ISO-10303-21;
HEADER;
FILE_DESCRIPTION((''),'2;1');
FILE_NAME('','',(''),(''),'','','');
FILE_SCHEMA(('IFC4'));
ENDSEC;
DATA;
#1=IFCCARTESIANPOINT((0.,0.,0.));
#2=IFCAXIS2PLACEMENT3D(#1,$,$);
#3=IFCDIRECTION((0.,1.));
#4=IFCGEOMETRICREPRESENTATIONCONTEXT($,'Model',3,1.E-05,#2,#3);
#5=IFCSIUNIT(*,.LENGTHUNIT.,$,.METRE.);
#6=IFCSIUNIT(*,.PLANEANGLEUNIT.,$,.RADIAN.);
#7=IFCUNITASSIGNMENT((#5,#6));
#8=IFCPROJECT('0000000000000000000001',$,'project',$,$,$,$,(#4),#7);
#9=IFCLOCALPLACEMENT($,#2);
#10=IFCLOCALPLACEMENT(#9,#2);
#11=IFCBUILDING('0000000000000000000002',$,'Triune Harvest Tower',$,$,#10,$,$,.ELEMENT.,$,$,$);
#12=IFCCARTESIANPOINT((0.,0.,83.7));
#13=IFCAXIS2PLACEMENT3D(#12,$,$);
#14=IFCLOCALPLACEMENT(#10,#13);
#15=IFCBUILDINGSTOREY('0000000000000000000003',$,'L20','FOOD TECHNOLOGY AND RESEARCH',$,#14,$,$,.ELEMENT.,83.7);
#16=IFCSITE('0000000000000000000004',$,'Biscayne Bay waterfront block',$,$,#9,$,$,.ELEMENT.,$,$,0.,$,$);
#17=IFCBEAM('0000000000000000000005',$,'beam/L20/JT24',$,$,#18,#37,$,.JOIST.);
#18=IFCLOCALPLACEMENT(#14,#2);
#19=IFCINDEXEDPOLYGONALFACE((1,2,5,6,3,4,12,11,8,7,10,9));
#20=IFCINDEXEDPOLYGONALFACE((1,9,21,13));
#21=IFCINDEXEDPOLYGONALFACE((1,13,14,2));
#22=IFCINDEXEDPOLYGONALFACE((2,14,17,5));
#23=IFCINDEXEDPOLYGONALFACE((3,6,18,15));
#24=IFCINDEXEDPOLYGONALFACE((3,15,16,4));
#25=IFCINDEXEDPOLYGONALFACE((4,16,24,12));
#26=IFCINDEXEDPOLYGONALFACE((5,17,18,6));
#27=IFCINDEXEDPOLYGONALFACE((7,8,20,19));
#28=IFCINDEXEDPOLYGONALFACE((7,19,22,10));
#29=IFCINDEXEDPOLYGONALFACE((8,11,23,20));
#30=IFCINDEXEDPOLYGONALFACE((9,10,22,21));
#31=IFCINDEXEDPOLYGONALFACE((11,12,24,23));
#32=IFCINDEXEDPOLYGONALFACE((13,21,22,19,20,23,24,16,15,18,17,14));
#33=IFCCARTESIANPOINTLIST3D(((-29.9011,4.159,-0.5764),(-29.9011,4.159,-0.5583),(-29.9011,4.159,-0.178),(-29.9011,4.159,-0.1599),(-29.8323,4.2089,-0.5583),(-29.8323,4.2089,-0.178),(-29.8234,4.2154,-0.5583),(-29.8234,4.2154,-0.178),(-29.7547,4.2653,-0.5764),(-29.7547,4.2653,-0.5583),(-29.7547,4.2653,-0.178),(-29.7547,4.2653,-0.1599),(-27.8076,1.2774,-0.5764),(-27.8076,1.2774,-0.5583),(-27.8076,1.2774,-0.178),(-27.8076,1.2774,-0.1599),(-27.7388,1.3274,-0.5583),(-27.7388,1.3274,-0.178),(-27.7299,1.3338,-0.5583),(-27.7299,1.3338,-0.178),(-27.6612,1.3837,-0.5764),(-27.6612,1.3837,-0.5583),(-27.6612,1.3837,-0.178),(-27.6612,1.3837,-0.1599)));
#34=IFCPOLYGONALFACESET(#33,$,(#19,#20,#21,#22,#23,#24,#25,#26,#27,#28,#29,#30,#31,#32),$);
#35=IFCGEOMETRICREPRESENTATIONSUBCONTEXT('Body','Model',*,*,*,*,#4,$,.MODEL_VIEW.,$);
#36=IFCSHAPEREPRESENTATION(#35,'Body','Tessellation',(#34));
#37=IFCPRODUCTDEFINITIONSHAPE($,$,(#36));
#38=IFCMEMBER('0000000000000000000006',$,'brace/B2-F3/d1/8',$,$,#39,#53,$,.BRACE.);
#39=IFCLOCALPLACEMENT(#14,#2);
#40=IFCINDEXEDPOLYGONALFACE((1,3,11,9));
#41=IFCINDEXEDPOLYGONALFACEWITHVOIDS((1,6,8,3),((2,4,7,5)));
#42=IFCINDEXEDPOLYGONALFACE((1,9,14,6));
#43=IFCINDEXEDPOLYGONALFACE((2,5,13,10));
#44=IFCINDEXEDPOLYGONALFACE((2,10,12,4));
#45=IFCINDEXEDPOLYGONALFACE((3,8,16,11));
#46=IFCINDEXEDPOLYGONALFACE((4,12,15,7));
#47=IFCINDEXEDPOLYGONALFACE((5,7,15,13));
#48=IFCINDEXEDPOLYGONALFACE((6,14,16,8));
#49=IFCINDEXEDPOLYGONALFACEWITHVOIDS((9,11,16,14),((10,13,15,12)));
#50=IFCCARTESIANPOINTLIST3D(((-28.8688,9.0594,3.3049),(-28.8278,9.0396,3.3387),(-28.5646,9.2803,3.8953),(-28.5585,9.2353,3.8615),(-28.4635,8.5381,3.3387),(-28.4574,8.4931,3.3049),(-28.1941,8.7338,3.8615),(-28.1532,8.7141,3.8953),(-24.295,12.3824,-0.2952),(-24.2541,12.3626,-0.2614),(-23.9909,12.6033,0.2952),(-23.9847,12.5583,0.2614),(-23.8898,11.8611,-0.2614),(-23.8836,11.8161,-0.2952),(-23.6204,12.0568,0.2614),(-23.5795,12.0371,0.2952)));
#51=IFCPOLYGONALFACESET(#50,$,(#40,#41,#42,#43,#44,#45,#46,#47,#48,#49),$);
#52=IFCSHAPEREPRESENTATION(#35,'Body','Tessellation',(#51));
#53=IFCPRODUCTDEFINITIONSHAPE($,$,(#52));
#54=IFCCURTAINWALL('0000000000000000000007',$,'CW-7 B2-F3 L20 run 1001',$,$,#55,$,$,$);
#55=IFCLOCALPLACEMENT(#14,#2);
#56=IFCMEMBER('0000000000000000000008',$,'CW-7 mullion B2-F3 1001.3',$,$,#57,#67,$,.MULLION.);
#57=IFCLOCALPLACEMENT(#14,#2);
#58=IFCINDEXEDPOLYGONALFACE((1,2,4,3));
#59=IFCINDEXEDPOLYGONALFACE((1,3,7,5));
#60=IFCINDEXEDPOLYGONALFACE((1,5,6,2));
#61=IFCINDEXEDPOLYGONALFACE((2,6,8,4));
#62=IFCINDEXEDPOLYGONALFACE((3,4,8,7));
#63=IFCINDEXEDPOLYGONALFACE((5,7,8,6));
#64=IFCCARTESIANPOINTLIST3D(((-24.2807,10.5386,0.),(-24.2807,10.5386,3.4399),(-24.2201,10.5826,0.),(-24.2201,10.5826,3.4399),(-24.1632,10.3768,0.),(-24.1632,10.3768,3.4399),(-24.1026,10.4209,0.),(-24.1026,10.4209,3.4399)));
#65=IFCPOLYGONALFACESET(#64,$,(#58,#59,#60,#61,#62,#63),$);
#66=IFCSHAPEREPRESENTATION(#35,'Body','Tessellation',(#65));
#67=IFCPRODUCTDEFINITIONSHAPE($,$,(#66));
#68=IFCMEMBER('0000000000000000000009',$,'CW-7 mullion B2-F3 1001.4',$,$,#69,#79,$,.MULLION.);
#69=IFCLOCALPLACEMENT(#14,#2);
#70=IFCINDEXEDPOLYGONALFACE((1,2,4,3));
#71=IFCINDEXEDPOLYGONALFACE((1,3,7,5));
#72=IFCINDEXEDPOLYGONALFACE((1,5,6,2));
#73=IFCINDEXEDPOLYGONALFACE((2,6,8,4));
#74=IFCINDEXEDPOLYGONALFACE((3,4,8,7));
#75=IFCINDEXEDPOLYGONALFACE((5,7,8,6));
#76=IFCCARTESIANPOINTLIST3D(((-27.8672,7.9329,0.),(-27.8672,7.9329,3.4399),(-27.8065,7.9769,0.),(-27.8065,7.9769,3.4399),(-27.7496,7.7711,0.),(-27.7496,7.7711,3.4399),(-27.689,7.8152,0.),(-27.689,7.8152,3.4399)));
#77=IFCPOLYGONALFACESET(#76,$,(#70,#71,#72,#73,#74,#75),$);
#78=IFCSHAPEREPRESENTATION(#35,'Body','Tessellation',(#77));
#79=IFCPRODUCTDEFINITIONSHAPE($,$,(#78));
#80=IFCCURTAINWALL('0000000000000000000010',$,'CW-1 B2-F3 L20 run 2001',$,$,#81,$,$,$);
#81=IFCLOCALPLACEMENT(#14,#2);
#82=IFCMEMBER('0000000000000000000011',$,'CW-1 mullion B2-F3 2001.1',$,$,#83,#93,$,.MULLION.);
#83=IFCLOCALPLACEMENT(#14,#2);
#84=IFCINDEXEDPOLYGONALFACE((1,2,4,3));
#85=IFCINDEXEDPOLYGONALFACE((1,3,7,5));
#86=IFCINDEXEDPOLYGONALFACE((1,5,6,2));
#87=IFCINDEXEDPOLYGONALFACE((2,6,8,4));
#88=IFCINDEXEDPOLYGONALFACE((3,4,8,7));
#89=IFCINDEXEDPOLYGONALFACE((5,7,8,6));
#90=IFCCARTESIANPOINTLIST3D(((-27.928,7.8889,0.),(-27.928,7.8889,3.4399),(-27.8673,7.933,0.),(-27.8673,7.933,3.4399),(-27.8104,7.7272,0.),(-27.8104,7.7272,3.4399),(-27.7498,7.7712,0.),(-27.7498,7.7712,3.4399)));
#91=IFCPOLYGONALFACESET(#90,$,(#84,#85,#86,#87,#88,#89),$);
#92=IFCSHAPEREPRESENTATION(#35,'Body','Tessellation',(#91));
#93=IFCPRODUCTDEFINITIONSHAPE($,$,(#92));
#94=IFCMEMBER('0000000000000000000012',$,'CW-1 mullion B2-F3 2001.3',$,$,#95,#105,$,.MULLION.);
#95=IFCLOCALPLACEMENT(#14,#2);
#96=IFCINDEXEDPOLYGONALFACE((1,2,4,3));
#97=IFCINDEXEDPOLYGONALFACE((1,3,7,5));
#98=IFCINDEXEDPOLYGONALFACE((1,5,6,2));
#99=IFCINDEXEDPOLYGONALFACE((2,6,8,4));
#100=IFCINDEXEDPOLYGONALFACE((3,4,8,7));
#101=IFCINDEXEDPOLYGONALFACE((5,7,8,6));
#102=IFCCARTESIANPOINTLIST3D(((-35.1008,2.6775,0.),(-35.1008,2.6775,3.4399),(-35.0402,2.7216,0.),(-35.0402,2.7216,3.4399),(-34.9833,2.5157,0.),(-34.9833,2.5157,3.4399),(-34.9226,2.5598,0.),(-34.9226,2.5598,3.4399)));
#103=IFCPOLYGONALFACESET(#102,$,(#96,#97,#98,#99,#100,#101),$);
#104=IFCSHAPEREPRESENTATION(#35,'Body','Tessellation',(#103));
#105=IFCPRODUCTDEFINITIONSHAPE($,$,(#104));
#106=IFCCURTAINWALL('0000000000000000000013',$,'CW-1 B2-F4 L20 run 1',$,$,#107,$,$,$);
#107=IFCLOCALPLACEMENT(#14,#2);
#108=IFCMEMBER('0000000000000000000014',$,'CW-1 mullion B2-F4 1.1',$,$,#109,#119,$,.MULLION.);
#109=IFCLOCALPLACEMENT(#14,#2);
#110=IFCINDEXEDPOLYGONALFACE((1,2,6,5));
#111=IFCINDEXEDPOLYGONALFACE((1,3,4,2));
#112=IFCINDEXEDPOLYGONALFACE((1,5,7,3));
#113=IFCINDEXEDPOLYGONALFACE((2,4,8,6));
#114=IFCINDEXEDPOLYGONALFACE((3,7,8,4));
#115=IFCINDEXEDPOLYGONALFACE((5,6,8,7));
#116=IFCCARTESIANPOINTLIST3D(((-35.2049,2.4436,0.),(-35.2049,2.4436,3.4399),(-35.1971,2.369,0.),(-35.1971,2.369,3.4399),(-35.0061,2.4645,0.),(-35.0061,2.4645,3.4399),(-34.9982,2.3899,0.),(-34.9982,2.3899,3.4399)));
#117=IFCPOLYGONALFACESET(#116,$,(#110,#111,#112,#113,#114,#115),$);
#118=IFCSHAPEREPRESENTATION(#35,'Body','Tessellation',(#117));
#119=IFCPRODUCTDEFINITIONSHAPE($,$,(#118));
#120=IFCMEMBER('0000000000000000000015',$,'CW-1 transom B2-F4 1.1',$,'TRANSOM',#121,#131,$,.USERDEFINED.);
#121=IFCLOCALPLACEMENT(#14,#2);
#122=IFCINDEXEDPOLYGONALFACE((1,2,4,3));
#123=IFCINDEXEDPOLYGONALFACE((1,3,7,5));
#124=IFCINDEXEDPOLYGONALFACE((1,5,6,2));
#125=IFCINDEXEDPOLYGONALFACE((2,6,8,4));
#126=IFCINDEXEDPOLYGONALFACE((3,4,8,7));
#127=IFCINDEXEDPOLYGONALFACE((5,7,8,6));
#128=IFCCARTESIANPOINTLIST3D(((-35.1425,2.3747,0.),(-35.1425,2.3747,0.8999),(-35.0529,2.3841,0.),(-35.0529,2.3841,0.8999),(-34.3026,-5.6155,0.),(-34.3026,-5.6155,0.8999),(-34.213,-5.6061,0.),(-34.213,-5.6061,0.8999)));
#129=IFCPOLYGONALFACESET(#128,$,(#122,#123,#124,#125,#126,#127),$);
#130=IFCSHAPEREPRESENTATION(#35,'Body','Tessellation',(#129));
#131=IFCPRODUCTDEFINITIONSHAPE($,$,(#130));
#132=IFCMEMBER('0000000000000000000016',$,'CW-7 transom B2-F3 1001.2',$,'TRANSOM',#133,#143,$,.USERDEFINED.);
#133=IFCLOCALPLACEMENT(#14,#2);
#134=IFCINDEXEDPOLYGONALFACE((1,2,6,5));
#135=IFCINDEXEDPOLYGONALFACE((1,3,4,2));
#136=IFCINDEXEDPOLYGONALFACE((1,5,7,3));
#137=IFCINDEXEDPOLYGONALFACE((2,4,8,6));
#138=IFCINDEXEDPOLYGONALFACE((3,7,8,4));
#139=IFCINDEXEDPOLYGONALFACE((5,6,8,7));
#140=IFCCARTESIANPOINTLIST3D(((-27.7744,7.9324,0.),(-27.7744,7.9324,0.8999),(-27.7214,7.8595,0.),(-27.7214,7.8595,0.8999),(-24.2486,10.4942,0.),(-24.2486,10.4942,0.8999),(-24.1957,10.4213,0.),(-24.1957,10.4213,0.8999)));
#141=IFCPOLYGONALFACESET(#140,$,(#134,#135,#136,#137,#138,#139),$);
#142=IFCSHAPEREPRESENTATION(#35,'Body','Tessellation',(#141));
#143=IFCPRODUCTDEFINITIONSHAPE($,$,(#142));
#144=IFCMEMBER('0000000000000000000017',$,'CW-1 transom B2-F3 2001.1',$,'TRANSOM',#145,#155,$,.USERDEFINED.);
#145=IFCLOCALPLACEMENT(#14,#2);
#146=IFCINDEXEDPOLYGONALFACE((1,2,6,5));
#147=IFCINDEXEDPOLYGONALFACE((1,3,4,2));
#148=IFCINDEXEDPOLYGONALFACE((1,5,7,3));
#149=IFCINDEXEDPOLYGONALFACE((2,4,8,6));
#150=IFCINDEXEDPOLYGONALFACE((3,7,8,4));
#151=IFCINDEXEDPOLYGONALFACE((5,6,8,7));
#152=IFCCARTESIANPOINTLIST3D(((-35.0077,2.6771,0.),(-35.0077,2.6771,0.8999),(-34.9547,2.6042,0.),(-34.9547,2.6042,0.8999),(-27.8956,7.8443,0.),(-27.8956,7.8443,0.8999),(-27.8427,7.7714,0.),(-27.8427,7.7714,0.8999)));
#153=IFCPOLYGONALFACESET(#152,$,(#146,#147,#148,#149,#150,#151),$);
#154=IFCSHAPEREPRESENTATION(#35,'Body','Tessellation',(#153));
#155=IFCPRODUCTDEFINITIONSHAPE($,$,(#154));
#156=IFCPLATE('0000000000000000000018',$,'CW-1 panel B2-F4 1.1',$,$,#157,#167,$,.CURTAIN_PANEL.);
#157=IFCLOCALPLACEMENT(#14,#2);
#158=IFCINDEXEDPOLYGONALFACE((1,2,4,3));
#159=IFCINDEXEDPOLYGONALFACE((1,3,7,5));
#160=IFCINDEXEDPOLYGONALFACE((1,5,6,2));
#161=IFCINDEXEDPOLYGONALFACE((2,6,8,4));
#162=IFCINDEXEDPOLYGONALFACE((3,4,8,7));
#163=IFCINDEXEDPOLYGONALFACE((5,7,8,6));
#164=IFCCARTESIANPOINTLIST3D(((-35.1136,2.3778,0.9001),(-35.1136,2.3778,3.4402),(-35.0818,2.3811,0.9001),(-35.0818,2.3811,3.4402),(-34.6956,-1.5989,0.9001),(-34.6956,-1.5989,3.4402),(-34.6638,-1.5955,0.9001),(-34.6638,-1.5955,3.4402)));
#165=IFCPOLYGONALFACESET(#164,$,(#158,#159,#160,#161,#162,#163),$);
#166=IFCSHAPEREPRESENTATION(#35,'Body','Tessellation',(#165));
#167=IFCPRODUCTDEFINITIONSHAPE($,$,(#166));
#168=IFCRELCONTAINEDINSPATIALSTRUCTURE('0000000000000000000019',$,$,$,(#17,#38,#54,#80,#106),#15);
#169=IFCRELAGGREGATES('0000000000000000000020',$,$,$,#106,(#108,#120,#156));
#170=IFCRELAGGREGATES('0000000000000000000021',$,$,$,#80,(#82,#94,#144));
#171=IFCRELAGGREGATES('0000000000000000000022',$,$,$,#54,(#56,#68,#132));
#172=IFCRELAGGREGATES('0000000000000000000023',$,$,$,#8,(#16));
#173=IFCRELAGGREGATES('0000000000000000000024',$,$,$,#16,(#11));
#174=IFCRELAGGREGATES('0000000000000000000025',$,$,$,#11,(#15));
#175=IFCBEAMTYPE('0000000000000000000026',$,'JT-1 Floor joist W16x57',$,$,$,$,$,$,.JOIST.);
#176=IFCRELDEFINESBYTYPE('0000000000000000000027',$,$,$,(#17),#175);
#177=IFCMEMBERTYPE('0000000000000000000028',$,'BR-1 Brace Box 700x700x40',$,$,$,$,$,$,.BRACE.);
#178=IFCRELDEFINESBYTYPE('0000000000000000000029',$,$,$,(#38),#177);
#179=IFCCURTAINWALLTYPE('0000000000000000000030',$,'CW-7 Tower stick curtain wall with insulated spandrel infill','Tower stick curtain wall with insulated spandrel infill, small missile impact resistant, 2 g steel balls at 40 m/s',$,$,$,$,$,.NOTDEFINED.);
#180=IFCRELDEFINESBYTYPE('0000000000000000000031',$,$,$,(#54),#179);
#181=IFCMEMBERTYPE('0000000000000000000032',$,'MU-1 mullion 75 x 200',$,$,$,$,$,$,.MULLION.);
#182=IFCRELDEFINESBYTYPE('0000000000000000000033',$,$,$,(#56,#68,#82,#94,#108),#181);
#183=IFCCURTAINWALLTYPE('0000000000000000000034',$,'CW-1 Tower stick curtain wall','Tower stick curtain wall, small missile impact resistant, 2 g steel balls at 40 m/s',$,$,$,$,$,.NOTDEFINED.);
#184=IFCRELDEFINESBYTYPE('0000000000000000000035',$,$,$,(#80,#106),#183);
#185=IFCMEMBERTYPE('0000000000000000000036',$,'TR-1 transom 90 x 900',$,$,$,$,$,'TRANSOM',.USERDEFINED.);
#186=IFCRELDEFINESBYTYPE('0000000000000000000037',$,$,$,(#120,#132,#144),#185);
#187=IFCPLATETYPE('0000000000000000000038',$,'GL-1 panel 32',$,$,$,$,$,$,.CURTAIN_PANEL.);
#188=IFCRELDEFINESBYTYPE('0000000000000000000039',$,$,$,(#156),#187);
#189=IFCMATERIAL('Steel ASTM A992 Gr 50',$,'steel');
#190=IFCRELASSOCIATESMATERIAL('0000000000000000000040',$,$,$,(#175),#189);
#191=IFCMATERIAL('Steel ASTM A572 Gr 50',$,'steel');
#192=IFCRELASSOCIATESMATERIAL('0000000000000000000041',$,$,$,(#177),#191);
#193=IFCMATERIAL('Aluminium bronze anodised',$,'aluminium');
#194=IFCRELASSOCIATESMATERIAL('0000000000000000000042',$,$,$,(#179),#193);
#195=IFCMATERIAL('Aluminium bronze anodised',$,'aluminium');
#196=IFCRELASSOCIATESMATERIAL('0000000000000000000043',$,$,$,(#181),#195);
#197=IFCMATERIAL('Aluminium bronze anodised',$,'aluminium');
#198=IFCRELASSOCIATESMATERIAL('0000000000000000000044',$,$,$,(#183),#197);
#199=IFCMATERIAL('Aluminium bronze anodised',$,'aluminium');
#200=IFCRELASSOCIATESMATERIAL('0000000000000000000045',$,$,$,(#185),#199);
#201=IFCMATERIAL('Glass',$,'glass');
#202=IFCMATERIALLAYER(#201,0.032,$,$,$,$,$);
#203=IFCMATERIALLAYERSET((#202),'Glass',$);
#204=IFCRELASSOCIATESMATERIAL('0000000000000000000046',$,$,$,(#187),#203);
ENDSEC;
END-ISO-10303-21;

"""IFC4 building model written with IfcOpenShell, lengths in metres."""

from ifc_helpers import new_model, si_unit, direction, frame, origin, origin_2d, place, context, subcontext, project, spatial, rectangle, hollow_rectangle, i_section, extrude, source, transform, mapped, material, layer, layer_set, material_profile, profile_set, type_object, element, aggregate, save


model = new_model("IFC4")

# Units and contexts
model_context = context("Model", 3, precision=1e-05, world=origin(), true_north=direction((0.0, 1.0)))
body_context = subcontext(model_context, "Body", "Model", "MODEL_VIEW")
ifc_project = project(units=[si_unit("LENGTHUNIT", "METRE"), si_unit("PLANEANGLEUNIT", "RADIAN")], contexts=[model_context])

# Site, building, storey
site_placement = place(None, origin())
site = spatial("IfcSite", under=ifc_project, at=site_placement, Name="Biscayne Bay waterfront block", CompositionType="ELEMENT", RefElevation=0.0)
building_placement = place(site_placement, origin())
building = spatial("IfcBuilding", under=site, at=building_placement, Name="Triune Harvest Tower", CompositionType="ELEMENT")
storey_placement = place(building_placement, frame((0.0, 0.0, 83.7)))
storey = spatial("IfcBuildingStorey", under=building, at=storey_placement, Name="L20", Description="FOOD TECHNOLOGY AND RESEARCH", CompositionType="ELEMENT", Elevation=83.7)

# Beam
ifc_material_1 = material(Name="Steel ASTM A992 Gr 50", Category="steel")
ifc_material_profile_1 = material_profile(ifc_material_1, i_section(OverallWidth=0.1809, OverallDepth=0.4165, WebThickness=0.011, FlangeThickness=0.0181, at=origin_2d()), Name="W16x57")
ifc_profile_set_1 = profile_set([ifc_material_profile_1], Name="Steel ASTM A992 Gr 50")
beam_type_1 = type_object("IfcBeamType", Name="JT-1 Floor joist W16x57", PredefinedType="JOIST", material=ifc_profile_set_1)
shared_shape_1 = source(origin(), body_context, "Body", "SweptSolid", [
    extrude(i_section(OverallWidth=0.1809, OverallDepth=0.4165, WebThickness=0.011, FlangeThickness=0.0181, at=origin_2d()), origin(), (0.0, 0.0, 1.0), 3.5618),
])
beam_1_placement = place(storey_placement, frame((-29.8279, 4.2122, -0.3682), z_axis=(0.587768, -0.809029, 0.0), x_axis=(0.809029, 0.587768, 0.0)))
element("IfcBeam", 1, at=beam_1_placement, inside=storey, type_object=beam_type_1, Name="beam/L20/JT24", PredefinedType="JOIST", context=body_context, shape_type="MappedRepresentation", body=[
    mapped(shared_shape_1, transform((0.0, 0.0, 0.0), scale=1.0)),
])

# Member
ifc_material_2 = material(Name="Steel ASTM A572 Gr 50", Category="steel")
ifc_material_profile_2 = material_profile(ifc_material_2, hollow_rectangle(XDim=0.7, YDim=0.7, WallThickness=0.04, at=origin_2d()), Name="Box 700x700x40")
ifc_profile_set_2 = profile_set([ifc_material_profile_2], Name="Steel ASTM A572 Gr 50")
member_type_1 = type_object("IfcMemberType", Name="BR-1 Brace Box 700x700x40", PredefinedType="BRACE", material=ifc_profile_set_2)
shared_shape_2 = source(origin(), body_context, "Body", "SweptSolid", [
    extrude(hollow_rectangle(XDim=0.7, YDim=0.7, WallThickness=0.04, at=origin_2d()), origin(), (0.0, 0.0, 1.0), 6.7024),
])
member_1_placement = place(storey_placement, frame((-23.9373, 12.2097, 0.0), z_axis=(-0.682403, -0.495793, 0.537136), x_axis=(0.587784, -0.809018, 0.0)))
element("IfcMember", 2, at=member_1_placement, inside=storey, type_object=member_type_1, Name="brace/B2-F3/d1/8", PredefinedType="BRACE", context=body_context, shape_type="MappedRepresentation", body=[
    mapped(shared_shape_2, transform((0.0, 0.0, 0.0), scale=1.0)),
])

# Curtain walls, members
ifc_material_3 = material(Name="Aluminium bronze anodised", Category="aluminium")
curtain_wall_type_1 = type_object("IfcCurtainWallType", Name="CW-7 Tower stick curtain wall with insulated spandrel infill", Description="Tower stick curtain wall with insulated spandrel infill, small missile impact resistant, 2 g steel balls at 40 m/s", PredefinedType="NOTDEFINED", material=ifc_material_3)
curtain_wall_1_placement = place(storey_placement, origin())
curtain_wall_1 = element("IfcCurtainWall", 3, at=curtain_wall_1_placement, inside=storey, type_object=curtain_wall_type_1, Name="CW-7 B2-F3 L20 run 1001")
ifc_material_4 = material(Name="Aluminium bronze anodised", Category="aluminium")
ifc_material_profile_3 = material_profile(ifc_material_4, rectangle(XDim=0.2, YDim=0.075, at=origin_2d()), Name="MU-1 mullion 75 x 200")
ifc_profile_set_3 = profile_set([ifc_material_profile_3], Name="Aluminium bronze anodised")
member_type_2 = type_object("IfcMemberType", Name="MU-1 mullion 75 x 200", PredefinedType="MULLION", material=ifc_profile_set_3)
shared_shape_3 = source(origin(), body_context, "Body", "SweptSolid", [
    extrude(rectangle(XDim=0.2, YDim=0.075, at=origin_2d()), origin(), (0.0, 0.0, 1.0), 3.4399),
])
member_2_placement = place(storey_placement, frame((-24.1917, 10.4797, 0.0), z_axis=(0.0, 0.0, 1.0), x_axis=(0.587785, -0.809017, 0.0)))
member_2 = element("IfcMember", 4, at=member_2_placement, type_object=member_type_2, Name="CW-7 mullion B2-F3 1001.3", PredefinedType="MULLION", context=body_context, shape_type="MappedRepresentation", body=[
    mapped(shared_shape_3, transform((0.0, 0.0, 0.0), scale=1.0)),
])
member_3_placement = place(storey_placement, frame((-27.7781, 7.874, 0.0), z_axis=(0.0, 0.0, 1.0), x_axis=(0.587785, -0.809017, 0.0)))
member_3 = element("IfcMember", 5, at=member_3_placement, type_object=member_type_2, Name="CW-7 mullion B2-F3 1001.4", PredefinedType="MULLION", context=body_context, shape_type="MappedRepresentation", body=[
    mapped(shared_shape_3, transform((0.0, 0.0, 0.0), scale=1.0)),
])
ifc_material_5 = material(Name="Aluminium bronze anodised", Category="aluminium")
curtain_wall_type_2 = type_object("IfcCurtainWallType", Name="CW-1 Tower stick curtain wall", Description="Tower stick curtain wall, small missile impact resistant, 2 g steel balls at 40 m/s", PredefinedType="NOTDEFINED", material=ifc_material_5)
curtain_wall_2_placement = place(storey_placement, origin())
curtain_wall_2 = element("IfcCurtainWall", 6, at=curtain_wall_2_placement, inside=storey, type_object=curtain_wall_type_2, Name="CW-1 B2-F3 L20 run 2001")
member_4_placement = place(storey_placement, frame((-27.8389, 7.8301, 0.0), z_axis=(0.0, 0.0, 1.0), x_axis=(0.58779, -0.809014, 0.0)))
member_4 = element("IfcMember", 7, at=member_4_placement, type_object=member_type_2, Name="CW-1 mullion B2-F3 2001.1", PredefinedType="MULLION", context=body_context, shape_type="MappedRepresentation", body=[
    mapped(shared_shape_3, transform((0.0, 0.0, 0.0), scale=1.0)),
])
member_5_placement = place(storey_placement, frame((-35.0117, 2.6187, 0.0), z_axis=(0.0, 0.0, 1.0), x_axis=(0.58779, -0.809014, 0.0)))
member_5 = element("IfcMember", 8, at=member_5_placement, type_object=member_type_2, Name="CW-1 mullion B2-F3 2001.3", PredefinedType="MULLION", context=body_context, shape_type="MappedRepresentation", body=[
    mapped(shared_shape_3, transform((0.0, 0.0, 0.0), scale=1.0)),
])
curtain_wall_3_placement = place(storey_placement, origin())
curtain_wall_3 = element("IfcCurtainWall", 9, at=curtain_wall_3_placement, inside=storey, type_object=curtain_wall_type_2, Name="CW-1 B2-F4 L20 run 1")
member_6_placement = place(storey_placement, frame((-35.1016, 2.4167, 0.0), z_axis=(0.0, 0.0, 1.0), x_axis=(0.994522, 0.104529, 0.0)))
member_6 = element("IfcMember", 10, at=member_6_placement, type_object=member_type_2, Name="CW-1 mullion B2-F4 1.1", PredefinedType="MULLION", context=body_context, shape_type="MappedRepresentation", body=[
    mapped(shared_shape_3, transform((0.0, 0.0, 0.0), scale=1.0)),
])
ifc_material_6 = material(Name="Aluminium bronze anodised", Category="aluminium")
ifc_material_profile_4 = material_profile(ifc_material_6, rectangle(XDim=0.0901, YDim=0.8999, at=origin_2d()), Name="TR-1 transom 90 x 900")
ifc_profile_set_4 = profile_set([ifc_material_profile_4], Name="Aluminium bronze anodised")
member_type_3 = type_object("IfcMemberType", Name="TR-1 transom 90 x 900", ElementType="TRANSOM", PredefinedType="USERDEFINED", material=ifc_profile_set_4)
shared_shape_4 = source(origin(), body_context, "Body", "SweptSolid", [
    extrude(rectangle(XDim=0.0901, YDim=0.8999, at=origin_2d()), origin(), (0.0, 0.0, 1.0), 8.0342),
])
member_7_placement = place(storey_placement, frame((-35.0977, 2.3794, 0.45), z_axis=(0.104533, -0.994521, 0.0), x_axis=(0.994521, 0.104533, 0.0)))
member_7 = element("IfcMember", 11, at=member_7_placement, type_object=member_type_3, Name="CW-1 transom B2-F4 1.1", ObjectType="TRANSOM", PredefinedType="USERDEFINED", context=body_context, shape_type="MappedRepresentation", body=[
    mapped(shared_shape_4, transform((0.0, 0.0, 0.0), scale=1.0)),
])

# Members
shared_shape_5 = source(origin(), body_context, "Body", "SweptSolid", [
    extrude(rectangle(XDim=0.0901, YDim=0.8999, at=origin_2d()), origin(), (0.0, 0.0, 1.0), 4.3582),
])
member_8_placement = place(storey_placement, frame((-24.2222, 10.4578, 0.45), z_axis=(-0.80899, -0.587822, 0.0), x_axis=(0.587822, -0.80899, 0.0)))
member_8 = element("IfcMember", 12, at=member_8_placement, type_object=member_type_3, Name="CW-7 transom B2-F3 1001.2", ObjectType="TRANSOM", PredefinedType="USERDEFINED", context=body_context, shape_type="MappedRepresentation", body=[
    mapped(shared_shape_5, transform((0.0, 0.0, 0.0), scale=1.0)),
])
shared_shape_6 = source(origin(), body_context, "Body", "SweptSolid", [
    extrude(rectangle(XDim=0.0901, YDim=0.8999, at=origin_2d()), origin(), (0.0, 0.0, 1.0), 8.791),
])
member_9_placement = place(storey_placement, frame((-27.8691, 7.8079, 0.45), z_axis=(-0.809016, -0.587787, 0.0), x_axis=(0.587787, -0.809016, 0.0)))
member_9 = element("IfcMember", 13, at=member_9_placement, type_object=member_type_3, Name="CW-1 transom B2-F3 2001.1", ObjectType="TRANSOM", PredefinedType="USERDEFINED", context=body_context, shape_type="MappedRepresentation", body=[
    mapped(shared_shape_6, transform((0.0, 0.0, 0.0), scale=1.0)),
])

# Plate
ifc_material_7 = material(Name="Glass", Category="glass")
ifc_layer_1 = layer(ifc_material_7, 0.032)
ifc_layer_set_1 = layer_set([ifc_layer_1], Name="Glass")
plate_type_1 = type_object("IfcPlateType", Name="GL-1 panel 32", PredefinedType="CURTAIN_PANEL", material=ifc_layer_set_1)
shared_shape_7 = source(origin(), body_context, "Body", "SweptSolid", [
    extrude(rectangle(XDim=3.9985, YDim=0.032, at=origin_2d()), origin(), (0.0, 0.0, 1.0), 2.54),
])
plate_1_placement = place(storey_placement, frame((-34.8887, 0.3911, 0.9001), z_axis=(0.0, 0.0, 1.0), x_axis=(0.104529, -0.994522, 0.0)))
plate_1 = element("IfcPlate", 14, at=plate_1_placement, type_object=plate_type_1, Name="CW-1 panel B2-F4 1.1", PredefinedType="CURTAIN_PANEL", context=body_context, shape_type="MappedRepresentation", body=[
    mapped(shared_shape_7, transform((0.0, 0.0, 0.0), scale=1.0)),
])
aggregate(curtain_wall_3, [member_6, member_7, plate_1])
aggregate(curtain_wall_2, [member_4, member_5, member_9])
aggregate(curtain_wall_1, [member_2, member_3, member_8])

save(model, "model.ifc")
